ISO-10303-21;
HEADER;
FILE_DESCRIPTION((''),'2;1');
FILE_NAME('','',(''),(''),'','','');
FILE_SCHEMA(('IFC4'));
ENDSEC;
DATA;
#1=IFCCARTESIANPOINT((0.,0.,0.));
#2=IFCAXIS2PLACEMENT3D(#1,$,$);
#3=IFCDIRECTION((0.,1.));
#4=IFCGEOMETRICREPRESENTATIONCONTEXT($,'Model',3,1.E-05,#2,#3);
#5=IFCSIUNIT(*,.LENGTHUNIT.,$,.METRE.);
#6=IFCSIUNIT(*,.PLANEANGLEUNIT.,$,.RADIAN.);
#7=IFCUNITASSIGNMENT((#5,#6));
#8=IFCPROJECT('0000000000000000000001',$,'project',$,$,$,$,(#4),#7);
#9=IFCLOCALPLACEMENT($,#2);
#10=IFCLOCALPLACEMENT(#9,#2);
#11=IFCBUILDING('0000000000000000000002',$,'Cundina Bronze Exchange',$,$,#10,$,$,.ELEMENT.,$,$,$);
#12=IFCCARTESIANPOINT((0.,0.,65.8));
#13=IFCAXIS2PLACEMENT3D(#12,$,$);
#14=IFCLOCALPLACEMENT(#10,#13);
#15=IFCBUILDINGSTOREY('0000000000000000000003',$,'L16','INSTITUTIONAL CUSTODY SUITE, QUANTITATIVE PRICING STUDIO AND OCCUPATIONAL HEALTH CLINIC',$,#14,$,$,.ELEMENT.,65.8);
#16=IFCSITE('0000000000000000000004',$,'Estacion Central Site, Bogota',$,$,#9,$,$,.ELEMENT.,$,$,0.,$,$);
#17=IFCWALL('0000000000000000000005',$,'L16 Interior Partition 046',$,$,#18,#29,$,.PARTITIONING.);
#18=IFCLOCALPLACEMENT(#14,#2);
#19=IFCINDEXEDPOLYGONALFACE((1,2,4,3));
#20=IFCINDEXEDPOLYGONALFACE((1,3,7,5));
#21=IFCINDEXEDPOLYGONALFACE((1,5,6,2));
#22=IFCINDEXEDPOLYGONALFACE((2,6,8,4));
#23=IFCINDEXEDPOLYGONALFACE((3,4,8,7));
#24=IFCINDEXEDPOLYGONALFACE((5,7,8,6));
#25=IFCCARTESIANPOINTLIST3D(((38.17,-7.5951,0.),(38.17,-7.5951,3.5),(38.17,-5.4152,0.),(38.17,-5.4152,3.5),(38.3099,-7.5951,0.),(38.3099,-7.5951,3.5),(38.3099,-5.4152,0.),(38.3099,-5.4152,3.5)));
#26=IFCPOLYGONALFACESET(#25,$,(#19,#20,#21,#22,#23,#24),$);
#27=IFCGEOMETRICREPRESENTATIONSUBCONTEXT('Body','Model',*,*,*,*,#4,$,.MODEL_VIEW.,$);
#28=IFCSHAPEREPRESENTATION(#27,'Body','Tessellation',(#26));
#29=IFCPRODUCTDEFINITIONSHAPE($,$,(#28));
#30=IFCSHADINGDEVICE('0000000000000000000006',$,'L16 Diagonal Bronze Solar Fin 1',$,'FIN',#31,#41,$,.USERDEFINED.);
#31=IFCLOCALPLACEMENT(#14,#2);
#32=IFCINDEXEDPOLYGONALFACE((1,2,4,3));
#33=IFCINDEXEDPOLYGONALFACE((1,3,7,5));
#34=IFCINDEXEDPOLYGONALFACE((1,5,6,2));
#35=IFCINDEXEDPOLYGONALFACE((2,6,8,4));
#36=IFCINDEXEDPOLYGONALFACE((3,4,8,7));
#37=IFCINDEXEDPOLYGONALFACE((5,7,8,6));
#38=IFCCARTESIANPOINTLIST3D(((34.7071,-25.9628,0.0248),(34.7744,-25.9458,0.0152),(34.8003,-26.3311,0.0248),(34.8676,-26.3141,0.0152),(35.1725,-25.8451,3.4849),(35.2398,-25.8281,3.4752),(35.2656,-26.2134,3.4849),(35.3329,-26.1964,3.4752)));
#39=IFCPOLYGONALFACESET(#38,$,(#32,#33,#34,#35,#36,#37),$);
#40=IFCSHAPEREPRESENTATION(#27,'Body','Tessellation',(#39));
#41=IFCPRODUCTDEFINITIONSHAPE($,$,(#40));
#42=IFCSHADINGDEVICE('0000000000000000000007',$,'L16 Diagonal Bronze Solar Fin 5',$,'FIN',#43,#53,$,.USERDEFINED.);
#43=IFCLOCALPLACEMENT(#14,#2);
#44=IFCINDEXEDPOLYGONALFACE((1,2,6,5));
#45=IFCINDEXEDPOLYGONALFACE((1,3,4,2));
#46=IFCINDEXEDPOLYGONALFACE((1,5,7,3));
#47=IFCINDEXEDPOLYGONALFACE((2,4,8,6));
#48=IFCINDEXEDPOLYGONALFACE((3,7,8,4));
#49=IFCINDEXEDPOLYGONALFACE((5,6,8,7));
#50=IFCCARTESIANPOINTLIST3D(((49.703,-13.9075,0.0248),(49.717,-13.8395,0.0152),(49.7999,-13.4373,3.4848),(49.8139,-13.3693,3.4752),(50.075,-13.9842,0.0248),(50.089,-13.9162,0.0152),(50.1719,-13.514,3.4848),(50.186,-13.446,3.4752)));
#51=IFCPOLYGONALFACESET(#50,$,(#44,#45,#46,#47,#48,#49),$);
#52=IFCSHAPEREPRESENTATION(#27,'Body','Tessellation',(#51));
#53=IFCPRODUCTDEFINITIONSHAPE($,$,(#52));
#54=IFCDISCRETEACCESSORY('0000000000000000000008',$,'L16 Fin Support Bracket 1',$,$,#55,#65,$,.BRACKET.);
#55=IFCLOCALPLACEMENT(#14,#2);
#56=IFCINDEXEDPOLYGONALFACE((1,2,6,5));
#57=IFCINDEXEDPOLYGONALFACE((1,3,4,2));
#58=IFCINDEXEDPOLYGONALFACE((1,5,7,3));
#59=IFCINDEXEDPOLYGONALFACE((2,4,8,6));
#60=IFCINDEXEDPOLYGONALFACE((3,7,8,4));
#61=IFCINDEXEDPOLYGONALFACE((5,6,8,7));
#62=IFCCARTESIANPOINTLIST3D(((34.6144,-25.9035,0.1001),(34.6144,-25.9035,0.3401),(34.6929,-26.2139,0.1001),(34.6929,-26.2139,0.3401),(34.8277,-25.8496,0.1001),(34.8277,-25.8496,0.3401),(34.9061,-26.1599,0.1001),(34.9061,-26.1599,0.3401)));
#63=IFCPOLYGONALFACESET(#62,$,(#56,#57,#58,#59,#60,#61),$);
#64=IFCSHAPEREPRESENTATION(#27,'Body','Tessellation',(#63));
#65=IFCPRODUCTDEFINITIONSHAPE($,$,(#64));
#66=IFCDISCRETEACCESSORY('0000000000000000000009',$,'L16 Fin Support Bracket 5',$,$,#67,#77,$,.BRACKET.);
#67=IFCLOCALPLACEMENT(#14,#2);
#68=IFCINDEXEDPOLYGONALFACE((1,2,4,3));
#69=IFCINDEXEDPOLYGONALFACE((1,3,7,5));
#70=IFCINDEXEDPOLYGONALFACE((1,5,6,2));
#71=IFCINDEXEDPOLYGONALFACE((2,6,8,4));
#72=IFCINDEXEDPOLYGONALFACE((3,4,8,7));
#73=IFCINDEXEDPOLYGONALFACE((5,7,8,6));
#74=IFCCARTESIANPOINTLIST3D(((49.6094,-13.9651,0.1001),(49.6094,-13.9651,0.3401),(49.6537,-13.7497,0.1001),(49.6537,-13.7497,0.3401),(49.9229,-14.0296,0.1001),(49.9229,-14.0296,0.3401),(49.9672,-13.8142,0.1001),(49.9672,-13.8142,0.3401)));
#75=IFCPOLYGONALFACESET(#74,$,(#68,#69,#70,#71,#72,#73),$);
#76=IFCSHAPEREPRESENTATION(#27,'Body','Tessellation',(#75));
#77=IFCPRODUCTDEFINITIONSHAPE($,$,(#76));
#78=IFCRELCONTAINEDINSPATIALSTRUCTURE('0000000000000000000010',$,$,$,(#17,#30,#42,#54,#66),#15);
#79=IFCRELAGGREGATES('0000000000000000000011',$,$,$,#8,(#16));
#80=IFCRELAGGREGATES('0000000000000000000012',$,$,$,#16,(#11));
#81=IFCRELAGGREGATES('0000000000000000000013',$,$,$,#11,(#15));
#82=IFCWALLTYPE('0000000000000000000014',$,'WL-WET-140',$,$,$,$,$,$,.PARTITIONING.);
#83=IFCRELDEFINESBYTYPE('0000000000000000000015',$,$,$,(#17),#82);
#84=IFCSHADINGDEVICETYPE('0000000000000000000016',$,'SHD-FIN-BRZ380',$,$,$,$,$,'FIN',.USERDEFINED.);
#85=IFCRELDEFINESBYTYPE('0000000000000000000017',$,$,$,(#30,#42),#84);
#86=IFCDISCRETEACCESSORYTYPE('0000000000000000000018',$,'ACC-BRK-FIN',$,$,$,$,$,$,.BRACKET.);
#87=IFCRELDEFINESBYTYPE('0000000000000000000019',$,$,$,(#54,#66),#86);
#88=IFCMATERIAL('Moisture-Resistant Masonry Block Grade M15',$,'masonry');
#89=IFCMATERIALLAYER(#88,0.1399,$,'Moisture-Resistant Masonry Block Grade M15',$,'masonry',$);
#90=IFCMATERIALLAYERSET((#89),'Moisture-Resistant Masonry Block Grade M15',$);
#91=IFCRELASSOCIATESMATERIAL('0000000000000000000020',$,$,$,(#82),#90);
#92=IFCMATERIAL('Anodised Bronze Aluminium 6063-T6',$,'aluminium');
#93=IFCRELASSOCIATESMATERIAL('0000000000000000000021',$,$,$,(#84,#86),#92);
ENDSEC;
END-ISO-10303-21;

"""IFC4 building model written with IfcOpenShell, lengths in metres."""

from ifc_helpers import new_model, si_unit, direction, frame, frame_2d, origin, origin_2d, place, context, subcontext, project, spatial, rectangle, extrude, material, layer, layer_set, material_profile, profile_set, type_object, element, save


model = new_model("IFC4")

# Units and contexts
model_context = context("Model", 3, precision=1e-05, world=origin(), true_north=direction((0.0, 1.0)))
body_context = subcontext(model_context, "Body", "Model", "MODEL_VIEW")
ifc_project = project(units=[si_unit("LENGTHUNIT", "METRE"), si_unit("PLANEANGLEUNIT", "RADIAN")], contexts=[model_context])

# Site, building, storey
site_placement = place(None, origin())
site = spatial("IfcSite", under=ifc_project, at=site_placement, Name="Estacion Central Site, Bogota", CompositionType="ELEMENT", RefElevation=0.0)
building_placement = place(site_placement, origin())
building = spatial("IfcBuilding", under=site, at=building_placement, Name="Cundina Bronze Exchange", CompositionType="ELEMENT")
storey_placement = place(building_placement, frame((0.0, 0.0, 65.8)))
storey = spatial("IfcBuildingStorey", under=building, at=storey_placement, Name="L16", Description="INSTITUTIONAL CUSTODY SUITE, QUANTITATIVE PRICING STUDIO AND OCCUPATIONAL HEALTH CLINIC", CompositionType="ELEMENT", Elevation=65.8)

# Shared definitions
ifc_material_1 = material(Name="Anodised Bronze Aluminium 6063-T6", Category="aluminium")

# Wall
ifc_material_2 = material(Name="Moisture-Resistant Masonry Block Grade M15", Category="masonry")
ifc_layer_1 = layer(ifc_material_2, 0.1399, Name="Moisture-Resistant Masonry Block Grade M15", Category="masonry")
ifc_layer_set_1 = layer_set([ifc_layer_1], Name="Moisture-Resistant Masonry Block Grade M15")
wall_type_1 = type_object("IfcWallType", Name="WL-WET-140", PredefinedType="PARTITIONING", material=ifc_layer_set_1)
wall_1_placement = place(storey_placement, frame((38.24, -7.595, 0.0), z_axis=(0.0, 0.0, 1.0), x_axis=(0.0, 1.0, 0.0)))
element("IfcWall", 1, at=wall_1_placement, inside=storey, type_object=wall_type_1, Name="L16 Interior Partition 046", PredefinedType="PARTITIONING", context=body_context, shape_type="SweptSolid", body=[
    extrude(rectangle(XDim=2.1799, YDim=0.1399, at=frame_2d((1.0898, 0.0))), origin(), (0.0, 0.0, 1.0), 3.5),
])

# Shading devices
ifc_material_profile_1 = material_profile(ifc_material_1, rectangle(XDim=0.0701, YDim=0.3799, at=origin_2d()), Name="FIN70X380", Category="aluminium")
ifc_profile_set_1 = profile_set([ifc_material_profile_1], Name="Anodised Bronze Aluminium 6063-T6")
shading_device_type = type_object("IfcShadingDeviceType", Name="SHD-FIN-BRZ380", ElementType="FIN", PredefinedType="USERDEFINED", material=ifc_profile_set_1)
for number, where, z_axis, x_axis, name in (
    (2, (34.7874, -26.1384, 0.02), (0.133215, 0.033688, 0.990514), (-0.960285, -0.242842, 0.137408), "L16 Diagonal Bronze Solar Fin 1"),
    (3, (49.896, -13.9119, 0.02), (0.027747, 0.134612, 0.99051), (-0.199967, -0.970115, 0.137442), "L16 Diagonal Bronze Solar Fin 5"),
):
    element("IfcShadingDevice", number, at=place(storey_placement, frame(where, z_axis=z_axis, x_axis=x_axis)), inside=storey, type_object=shading_device_type, Name=name, ObjectType="FIN", PredefinedType="USERDEFINED", context=body_context, shape_type="SweptSolid", body=[
        extrude(rectangle(XDim=0.0701, YDim=0.3799, at=origin_2d()), origin(), (0.0, 0.0, 1.0), 3.4932),
    ])

# Discrete accessories
discrete_accessory_type = type_object("IfcDiscreteAccessoryType", Name="ACC-BRK-FIN", PredefinedType="BRACKET", material=ifc_material_1)
for number, where, z_axis, x_axis, name in (
    (4, (34.7603, -26.0317, 0.1001), (0.0, 0.0, 1.0), (0.969488, 0.245138, 0.0), "L16 Fin Support Bracket 1"),
    (5, (49.7883, -13.8896, 0.1001), (0.0, 0.0, 1.0), (0.20142, 0.979505, 0.0), "L16 Fin Support Bracket 5"),
):
    element("IfcDiscreteAccessory", number, at=place(storey_placement, frame(where, z_axis=z_axis, x_axis=x_axis)), inside=storey, type_object=discrete_accessory_type, Name=name, PredefinedType="BRACKET", context=body_context, shape_type="SweptSolid", body=[
        extrude(rectangle(XDim=0.22, YDim=0.3201, at=origin_2d()), origin(), (0.0, 0.0, 1.0), 0.24),
    ])

save(model, "model.ifc")
